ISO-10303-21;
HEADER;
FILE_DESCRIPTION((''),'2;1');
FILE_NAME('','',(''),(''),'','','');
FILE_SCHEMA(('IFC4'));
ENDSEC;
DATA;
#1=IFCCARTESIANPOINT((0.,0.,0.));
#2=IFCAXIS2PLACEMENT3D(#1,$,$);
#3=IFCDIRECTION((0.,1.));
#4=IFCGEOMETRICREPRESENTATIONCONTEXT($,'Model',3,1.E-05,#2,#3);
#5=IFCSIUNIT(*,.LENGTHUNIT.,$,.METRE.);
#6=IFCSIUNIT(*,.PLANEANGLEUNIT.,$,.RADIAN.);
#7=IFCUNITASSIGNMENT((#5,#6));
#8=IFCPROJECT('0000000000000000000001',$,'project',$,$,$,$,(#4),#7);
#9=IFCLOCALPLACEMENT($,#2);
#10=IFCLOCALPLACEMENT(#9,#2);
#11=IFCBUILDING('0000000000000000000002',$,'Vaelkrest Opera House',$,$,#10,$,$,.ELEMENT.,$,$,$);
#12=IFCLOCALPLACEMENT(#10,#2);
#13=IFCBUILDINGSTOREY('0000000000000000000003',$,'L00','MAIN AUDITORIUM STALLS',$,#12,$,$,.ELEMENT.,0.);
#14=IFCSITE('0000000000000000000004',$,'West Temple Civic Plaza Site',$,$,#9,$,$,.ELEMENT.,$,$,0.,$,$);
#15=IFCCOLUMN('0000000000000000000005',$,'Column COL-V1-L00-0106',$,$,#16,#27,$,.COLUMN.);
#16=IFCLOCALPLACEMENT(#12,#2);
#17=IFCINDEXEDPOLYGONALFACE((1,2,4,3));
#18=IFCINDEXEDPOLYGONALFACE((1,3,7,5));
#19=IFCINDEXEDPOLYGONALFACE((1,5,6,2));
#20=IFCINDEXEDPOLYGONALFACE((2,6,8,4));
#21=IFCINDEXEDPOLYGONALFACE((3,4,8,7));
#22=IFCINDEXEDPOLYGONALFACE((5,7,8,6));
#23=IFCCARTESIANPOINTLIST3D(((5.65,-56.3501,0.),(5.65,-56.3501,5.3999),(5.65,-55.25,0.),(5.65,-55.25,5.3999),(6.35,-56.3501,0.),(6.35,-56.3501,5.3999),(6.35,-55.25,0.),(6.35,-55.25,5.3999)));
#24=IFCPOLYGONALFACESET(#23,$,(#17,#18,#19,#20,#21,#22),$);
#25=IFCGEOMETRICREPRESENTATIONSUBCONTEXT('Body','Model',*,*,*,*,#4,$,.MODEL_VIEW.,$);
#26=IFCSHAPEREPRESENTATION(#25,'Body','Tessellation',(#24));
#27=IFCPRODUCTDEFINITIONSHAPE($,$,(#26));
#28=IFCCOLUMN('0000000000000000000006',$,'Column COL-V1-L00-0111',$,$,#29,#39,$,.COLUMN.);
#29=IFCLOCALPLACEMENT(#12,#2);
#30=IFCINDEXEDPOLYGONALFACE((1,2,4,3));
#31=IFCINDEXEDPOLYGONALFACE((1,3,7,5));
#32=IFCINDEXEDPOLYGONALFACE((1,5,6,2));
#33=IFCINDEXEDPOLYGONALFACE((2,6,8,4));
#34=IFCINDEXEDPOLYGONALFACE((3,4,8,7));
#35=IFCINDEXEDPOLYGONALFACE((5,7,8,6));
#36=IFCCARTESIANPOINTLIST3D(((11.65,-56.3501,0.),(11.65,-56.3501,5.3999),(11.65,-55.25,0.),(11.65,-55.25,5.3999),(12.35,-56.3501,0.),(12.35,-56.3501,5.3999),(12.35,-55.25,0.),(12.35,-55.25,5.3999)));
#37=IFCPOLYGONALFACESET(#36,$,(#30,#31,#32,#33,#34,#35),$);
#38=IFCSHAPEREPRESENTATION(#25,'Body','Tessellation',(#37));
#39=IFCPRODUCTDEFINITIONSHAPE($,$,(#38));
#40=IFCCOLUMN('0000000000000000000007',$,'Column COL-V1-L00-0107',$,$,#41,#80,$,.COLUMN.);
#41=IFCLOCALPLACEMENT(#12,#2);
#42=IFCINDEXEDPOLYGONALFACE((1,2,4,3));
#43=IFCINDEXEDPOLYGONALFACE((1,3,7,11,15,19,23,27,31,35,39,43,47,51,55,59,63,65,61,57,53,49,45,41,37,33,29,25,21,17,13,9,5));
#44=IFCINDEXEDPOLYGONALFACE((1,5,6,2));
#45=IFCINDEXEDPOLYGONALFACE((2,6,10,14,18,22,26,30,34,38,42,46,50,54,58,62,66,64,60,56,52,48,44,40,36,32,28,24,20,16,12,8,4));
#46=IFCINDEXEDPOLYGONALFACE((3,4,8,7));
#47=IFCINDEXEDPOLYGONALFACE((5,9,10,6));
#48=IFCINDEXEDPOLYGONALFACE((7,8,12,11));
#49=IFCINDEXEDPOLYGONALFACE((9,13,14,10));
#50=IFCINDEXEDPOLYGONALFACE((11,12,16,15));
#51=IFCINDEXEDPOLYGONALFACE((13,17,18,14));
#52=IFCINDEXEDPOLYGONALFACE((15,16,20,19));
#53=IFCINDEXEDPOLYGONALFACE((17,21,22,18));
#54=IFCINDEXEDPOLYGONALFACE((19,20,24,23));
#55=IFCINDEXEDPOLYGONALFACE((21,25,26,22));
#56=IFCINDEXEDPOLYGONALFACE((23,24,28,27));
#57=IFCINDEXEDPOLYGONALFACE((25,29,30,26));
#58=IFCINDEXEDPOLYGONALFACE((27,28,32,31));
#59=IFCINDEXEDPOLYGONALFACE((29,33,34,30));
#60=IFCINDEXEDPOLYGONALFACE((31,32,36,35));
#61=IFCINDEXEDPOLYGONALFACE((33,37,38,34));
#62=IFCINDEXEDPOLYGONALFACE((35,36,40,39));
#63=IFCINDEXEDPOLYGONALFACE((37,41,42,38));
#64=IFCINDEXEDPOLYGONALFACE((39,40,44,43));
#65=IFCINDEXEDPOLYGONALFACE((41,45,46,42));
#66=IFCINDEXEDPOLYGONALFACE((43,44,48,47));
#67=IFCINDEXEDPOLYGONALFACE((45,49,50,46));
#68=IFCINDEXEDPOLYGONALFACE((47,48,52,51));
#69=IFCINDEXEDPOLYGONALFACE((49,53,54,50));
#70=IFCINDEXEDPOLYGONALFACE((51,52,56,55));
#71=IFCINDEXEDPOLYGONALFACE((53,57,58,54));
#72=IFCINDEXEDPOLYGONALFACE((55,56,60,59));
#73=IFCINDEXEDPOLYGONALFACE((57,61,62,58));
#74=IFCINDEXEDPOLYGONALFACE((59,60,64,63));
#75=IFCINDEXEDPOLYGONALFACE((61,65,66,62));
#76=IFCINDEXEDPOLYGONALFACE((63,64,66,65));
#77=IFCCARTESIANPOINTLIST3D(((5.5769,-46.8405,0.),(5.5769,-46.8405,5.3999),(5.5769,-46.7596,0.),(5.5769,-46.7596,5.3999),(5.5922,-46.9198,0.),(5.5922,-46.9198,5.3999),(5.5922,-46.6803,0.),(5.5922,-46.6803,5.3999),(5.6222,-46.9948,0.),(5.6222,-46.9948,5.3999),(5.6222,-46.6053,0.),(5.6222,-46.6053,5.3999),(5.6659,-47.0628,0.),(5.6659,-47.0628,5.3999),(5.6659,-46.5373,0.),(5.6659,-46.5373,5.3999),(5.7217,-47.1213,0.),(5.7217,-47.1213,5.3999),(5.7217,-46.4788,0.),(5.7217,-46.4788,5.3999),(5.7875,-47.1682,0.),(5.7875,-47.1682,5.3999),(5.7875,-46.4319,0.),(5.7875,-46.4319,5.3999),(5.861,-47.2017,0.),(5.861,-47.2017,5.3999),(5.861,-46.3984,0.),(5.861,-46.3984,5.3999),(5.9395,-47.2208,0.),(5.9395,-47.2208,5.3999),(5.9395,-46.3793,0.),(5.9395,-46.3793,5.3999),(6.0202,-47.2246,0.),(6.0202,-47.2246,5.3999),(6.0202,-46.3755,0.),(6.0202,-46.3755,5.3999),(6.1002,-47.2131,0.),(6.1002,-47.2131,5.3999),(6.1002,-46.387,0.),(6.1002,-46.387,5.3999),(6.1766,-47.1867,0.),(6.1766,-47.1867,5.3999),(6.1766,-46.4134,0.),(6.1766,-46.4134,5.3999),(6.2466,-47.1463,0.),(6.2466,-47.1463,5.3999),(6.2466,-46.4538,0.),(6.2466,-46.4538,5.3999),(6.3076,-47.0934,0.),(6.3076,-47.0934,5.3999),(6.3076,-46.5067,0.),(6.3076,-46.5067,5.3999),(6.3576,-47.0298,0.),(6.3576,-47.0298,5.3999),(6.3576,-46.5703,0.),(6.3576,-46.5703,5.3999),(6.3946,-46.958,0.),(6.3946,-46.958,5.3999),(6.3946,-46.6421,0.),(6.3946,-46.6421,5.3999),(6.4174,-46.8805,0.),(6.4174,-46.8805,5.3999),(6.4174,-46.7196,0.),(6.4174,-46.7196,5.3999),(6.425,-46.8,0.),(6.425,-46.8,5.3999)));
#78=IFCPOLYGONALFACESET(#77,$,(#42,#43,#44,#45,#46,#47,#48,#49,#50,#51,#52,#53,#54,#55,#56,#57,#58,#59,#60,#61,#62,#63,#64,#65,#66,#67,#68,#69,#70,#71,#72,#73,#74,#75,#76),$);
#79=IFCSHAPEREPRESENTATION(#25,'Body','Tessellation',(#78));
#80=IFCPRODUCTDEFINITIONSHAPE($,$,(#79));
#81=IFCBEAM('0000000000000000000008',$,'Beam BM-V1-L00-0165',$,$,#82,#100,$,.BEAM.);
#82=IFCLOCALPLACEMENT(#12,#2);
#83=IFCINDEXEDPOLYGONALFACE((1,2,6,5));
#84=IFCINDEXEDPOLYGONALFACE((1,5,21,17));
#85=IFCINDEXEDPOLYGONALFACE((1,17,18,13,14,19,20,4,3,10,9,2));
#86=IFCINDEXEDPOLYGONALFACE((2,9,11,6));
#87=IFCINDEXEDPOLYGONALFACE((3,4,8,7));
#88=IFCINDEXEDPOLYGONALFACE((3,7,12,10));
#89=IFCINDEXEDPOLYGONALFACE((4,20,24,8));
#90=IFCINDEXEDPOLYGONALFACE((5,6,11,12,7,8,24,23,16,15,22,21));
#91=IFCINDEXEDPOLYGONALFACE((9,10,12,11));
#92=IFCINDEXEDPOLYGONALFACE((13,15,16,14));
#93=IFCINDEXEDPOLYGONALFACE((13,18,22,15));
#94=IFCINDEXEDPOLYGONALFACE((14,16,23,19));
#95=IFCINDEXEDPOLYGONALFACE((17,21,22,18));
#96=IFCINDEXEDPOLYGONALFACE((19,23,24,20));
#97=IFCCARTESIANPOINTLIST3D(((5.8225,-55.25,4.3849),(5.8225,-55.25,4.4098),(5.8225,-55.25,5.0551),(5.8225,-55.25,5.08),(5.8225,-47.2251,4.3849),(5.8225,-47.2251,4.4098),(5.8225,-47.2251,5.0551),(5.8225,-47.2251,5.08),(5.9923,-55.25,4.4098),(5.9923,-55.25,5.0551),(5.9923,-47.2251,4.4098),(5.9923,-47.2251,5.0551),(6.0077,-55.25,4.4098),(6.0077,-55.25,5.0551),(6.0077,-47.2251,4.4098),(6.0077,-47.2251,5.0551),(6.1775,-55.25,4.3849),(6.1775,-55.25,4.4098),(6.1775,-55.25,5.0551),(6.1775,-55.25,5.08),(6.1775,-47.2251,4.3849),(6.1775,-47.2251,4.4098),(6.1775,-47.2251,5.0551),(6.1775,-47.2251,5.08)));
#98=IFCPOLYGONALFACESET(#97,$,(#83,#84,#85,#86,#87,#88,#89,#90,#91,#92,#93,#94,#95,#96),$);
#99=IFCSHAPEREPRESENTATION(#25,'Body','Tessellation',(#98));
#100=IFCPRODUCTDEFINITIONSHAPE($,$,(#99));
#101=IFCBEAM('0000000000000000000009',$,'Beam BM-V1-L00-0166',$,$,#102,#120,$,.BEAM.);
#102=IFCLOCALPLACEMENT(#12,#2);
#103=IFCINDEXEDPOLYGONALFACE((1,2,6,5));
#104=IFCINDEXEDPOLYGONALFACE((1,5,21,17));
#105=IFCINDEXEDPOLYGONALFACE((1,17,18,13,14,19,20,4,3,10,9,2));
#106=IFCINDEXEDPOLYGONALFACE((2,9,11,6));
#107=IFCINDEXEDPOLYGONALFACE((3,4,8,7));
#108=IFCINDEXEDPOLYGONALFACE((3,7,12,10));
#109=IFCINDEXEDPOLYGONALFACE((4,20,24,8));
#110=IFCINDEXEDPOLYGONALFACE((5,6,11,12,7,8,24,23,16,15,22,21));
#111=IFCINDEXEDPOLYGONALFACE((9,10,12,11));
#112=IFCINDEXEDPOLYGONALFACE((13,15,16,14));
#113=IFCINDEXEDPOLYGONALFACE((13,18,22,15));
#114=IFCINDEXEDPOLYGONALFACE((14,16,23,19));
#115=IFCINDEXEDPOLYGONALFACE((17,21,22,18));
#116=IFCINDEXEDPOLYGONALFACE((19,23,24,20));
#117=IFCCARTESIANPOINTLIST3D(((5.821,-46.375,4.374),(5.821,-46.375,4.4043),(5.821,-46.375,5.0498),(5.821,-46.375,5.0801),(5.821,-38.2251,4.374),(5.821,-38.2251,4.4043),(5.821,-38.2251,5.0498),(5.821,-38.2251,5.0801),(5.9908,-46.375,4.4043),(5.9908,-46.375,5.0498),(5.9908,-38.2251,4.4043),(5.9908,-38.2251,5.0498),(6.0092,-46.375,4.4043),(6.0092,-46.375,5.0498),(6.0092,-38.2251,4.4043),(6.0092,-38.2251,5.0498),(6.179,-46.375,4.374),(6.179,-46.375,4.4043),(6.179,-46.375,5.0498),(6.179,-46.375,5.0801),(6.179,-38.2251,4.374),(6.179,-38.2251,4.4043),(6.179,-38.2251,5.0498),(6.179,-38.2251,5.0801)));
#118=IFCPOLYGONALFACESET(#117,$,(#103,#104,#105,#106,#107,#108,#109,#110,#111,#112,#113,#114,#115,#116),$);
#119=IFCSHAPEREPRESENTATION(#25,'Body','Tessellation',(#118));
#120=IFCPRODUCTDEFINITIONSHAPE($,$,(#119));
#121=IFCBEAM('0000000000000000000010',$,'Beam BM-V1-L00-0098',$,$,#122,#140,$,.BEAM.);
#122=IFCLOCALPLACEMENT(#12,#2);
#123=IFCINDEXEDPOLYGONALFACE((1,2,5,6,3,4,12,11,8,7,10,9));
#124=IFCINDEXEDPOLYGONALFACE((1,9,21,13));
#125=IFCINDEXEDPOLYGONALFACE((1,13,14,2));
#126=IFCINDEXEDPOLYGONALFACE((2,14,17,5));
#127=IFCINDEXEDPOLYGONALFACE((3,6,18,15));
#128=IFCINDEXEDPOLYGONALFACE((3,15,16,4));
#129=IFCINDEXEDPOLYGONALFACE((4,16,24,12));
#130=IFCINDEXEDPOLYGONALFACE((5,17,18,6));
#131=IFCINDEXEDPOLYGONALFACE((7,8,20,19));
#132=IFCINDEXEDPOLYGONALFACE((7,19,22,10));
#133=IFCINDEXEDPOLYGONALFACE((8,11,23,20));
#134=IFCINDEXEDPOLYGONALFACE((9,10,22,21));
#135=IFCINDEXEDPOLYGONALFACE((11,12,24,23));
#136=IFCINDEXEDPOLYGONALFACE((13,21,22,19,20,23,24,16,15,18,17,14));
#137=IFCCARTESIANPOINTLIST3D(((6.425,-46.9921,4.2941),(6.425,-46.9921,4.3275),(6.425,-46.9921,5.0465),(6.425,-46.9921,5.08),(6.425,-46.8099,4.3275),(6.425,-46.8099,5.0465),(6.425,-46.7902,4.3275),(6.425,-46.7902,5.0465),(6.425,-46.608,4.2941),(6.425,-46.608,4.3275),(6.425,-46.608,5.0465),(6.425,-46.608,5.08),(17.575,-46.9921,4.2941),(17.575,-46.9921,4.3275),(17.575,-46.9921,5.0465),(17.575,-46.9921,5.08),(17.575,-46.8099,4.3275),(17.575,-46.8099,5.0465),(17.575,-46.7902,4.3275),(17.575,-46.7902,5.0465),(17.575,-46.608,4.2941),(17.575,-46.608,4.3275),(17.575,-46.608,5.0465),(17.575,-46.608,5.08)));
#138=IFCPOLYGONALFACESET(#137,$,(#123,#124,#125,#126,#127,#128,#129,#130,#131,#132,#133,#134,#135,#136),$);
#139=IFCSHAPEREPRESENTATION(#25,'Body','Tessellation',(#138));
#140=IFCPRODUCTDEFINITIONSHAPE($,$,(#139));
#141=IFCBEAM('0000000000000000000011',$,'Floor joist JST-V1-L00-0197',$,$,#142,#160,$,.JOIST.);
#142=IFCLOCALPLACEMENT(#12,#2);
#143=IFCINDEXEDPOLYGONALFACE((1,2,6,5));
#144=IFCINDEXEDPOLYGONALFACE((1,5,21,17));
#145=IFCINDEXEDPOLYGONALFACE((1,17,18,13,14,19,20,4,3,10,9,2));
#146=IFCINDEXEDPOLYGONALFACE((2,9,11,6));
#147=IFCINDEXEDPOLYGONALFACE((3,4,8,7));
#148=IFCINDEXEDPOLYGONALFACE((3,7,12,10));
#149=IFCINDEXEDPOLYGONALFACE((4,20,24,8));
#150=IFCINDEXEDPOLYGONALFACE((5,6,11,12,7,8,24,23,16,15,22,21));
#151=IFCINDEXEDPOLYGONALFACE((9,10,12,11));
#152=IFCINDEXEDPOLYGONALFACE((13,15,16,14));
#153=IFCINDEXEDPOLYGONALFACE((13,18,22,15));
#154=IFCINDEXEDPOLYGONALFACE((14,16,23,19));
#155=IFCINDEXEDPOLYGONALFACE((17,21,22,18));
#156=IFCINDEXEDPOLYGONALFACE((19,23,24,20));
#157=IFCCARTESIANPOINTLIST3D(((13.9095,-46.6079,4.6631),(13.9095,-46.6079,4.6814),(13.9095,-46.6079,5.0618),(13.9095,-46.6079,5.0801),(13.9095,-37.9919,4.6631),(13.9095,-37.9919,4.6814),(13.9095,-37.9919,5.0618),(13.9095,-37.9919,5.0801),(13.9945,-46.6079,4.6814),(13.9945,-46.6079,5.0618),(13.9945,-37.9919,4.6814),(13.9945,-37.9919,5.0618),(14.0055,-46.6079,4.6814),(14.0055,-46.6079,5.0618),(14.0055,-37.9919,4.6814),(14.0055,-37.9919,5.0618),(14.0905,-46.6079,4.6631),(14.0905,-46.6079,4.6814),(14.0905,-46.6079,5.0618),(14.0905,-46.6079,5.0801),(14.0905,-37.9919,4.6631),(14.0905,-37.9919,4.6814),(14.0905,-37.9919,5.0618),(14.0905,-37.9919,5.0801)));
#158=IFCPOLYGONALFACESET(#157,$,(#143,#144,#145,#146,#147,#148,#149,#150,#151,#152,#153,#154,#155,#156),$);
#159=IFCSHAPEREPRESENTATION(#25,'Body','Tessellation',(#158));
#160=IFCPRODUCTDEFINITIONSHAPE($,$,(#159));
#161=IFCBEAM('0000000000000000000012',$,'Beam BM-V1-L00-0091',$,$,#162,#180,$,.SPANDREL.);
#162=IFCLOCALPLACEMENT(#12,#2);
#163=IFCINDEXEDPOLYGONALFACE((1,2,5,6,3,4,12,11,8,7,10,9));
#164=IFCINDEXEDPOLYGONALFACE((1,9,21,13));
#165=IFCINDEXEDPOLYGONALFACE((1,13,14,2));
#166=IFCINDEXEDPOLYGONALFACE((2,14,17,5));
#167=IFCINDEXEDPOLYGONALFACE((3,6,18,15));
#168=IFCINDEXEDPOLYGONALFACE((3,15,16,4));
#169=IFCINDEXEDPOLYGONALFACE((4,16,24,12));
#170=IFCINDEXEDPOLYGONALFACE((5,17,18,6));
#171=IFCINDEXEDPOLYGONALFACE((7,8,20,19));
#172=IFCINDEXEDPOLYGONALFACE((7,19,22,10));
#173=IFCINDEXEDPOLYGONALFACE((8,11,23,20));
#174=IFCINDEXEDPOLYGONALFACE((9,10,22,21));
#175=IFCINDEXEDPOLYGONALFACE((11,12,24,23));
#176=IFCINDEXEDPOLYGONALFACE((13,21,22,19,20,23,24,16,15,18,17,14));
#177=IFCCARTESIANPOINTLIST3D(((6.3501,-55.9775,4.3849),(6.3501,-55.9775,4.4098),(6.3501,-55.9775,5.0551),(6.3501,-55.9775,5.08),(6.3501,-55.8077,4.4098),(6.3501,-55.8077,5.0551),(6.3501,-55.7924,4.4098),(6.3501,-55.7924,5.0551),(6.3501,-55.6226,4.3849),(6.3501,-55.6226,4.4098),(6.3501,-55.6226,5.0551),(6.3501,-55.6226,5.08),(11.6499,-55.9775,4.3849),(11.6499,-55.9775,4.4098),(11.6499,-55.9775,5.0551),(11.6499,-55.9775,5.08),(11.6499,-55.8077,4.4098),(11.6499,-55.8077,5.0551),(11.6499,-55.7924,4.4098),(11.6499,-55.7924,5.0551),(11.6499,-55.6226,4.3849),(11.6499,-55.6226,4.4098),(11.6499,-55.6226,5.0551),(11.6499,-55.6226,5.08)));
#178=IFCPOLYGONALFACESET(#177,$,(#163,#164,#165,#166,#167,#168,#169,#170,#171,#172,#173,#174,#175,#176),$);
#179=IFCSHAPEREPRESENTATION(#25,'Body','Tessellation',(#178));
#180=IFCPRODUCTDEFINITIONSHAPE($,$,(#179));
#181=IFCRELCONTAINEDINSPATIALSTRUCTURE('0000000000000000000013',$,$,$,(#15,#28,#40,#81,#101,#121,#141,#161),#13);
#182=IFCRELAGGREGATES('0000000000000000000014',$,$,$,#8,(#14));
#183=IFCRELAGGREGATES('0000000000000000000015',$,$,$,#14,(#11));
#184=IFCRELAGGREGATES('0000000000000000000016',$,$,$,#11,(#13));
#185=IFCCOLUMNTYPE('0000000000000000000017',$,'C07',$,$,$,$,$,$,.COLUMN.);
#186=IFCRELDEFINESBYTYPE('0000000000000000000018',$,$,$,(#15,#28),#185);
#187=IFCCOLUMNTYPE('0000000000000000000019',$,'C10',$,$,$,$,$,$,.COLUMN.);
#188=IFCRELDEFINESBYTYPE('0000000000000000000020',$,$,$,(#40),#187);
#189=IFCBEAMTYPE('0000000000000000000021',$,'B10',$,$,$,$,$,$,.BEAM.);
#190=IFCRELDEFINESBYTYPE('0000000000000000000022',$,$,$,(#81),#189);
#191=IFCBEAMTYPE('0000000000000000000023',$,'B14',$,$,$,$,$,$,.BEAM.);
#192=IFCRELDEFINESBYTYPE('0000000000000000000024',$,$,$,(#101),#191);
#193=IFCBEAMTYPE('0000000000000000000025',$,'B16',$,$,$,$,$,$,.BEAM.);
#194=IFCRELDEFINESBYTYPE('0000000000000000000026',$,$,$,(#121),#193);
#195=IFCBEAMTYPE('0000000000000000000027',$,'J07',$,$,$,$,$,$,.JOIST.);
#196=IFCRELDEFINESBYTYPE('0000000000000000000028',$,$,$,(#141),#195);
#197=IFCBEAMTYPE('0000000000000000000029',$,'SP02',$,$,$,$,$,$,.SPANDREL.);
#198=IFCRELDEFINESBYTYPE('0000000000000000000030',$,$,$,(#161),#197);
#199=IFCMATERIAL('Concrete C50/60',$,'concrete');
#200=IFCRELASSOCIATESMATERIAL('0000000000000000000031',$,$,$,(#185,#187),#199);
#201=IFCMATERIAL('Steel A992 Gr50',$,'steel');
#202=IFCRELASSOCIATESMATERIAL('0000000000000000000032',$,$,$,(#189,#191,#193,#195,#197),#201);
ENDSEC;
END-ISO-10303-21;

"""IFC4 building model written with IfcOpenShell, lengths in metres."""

from ifc_helpers import new_model, si_unit, direction, frame, origin, origin_2d, place, context, subcontext, project, spatial, rectangle, circle, i_section, extrude, material, material_profile, profile_set, type_object, element, save


model = new_model("IFC4")

# Units and contexts
model_context = context("Model", 3, precision=1e-05, world=origin(), true_north=direction((0.0, 1.0)))
body_context = subcontext(model_context, "Body", "Model", "MODEL_VIEW")
ifc_project = project(units=[si_unit("LENGTHUNIT", "METRE"), si_unit("PLANEANGLEUNIT", "RADIAN")], contexts=[model_context])

# Site, building, storey
site_placement = place(None, origin())
site = spatial("IfcSite", under=ifc_project, at=site_placement, Name="West Temple Civic Plaza Site", CompositionType="ELEMENT", RefElevation=0.0)
building_placement = place(site_placement, origin())
building = spatial("IfcBuilding", under=site, at=building_placement, Name="Vaelkrest Opera House", CompositionType="ELEMENT")
storey_placement = place(building_placement, origin())
storey = spatial("IfcBuildingStorey", under=building, at=storey_placement, Name="L00", Description="MAIN AUDITORIUM STALLS", CompositionType="ELEMENT", Elevation=0.0)

# Columns
ifc_material_1 = material(Name="Concrete C50/60", Category="concrete")
ifc_material_profile_1 = material_profile(ifc_material_1, rectangle(XDim=0.7, YDim=1.1001, at=origin_2d()), Name="RC700X1100")
ifc_profile_set_1 = profile_set([ifc_material_profile_1], Name="Concrete C50/60")
column_type_1 = type_object("IfcColumnType", Name="C07", PredefinedType="COLUMN", material=ifc_profile_set_1)
for number, where, z_axis, x_axis, name in (
    (1, (6.0, -55.8, 0.0), (0.0, 0.0, 1.0), (1.0, 0.0, 0.0), "Column COL-V1-L00-0106"),
    (2, (12.0, -55.8, 0.0), (0.0, 0.0, 1.0), (1.0, 0.0, 0.0), "Column COL-V1-L00-0111"),
):
    element("IfcColumn", number, at=place(storey_placement, frame(where, z_axis=z_axis, x_axis=x_axis)), inside=storey, type_object=column_type_1, Name=name, PredefinedType="COLUMN", context=body_context, shape_type="SweptSolid", body=[
        extrude(rectangle(XDim=0.7, YDim=1.1001, at=origin_2d()), origin(), (0.0, 0.0, 1.0), 5.3999),
    ])
ifc_material_profile_2 = material_profile(ifc_material_1, circle(Radius=0.425, at=origin_2d()), Name="RCD850")
ifc_profile_set_2 = profile_set([ifc_material_profile_2], Name="Concrete C50/60")
column_type_2 = type_object("IfcColumnType", Name="C10", PredefinedType="COLUMN", material=ifc_profile_set_2)
column_placement = place(storey_placement, frame((6.0, -46.8, 0.0), z_axis=(0.0, 0.0, 1.0), x_axis=(1.0, 0.0, 0.0)))
element("IfcColumn", 3, at=column_placement, inside=storey, type_object=column_type_2, Name="Column COL-V1-L00-0107", PredefinedType="COLUMN", context=body_context, shape_type="SweptSolid", body=[
    extrude(circle(Radius=0.425, at=origin_2d()), origin(), (0.0, 0.0, 1.0), 5.3999),
])

# Beams
ifc_material_2 = material(Name="Steel A992 Gr50", Category="steel")
ifc_material_profile_3 = material_profile(ifc_material_2, i_section(OverallWidth=0.355, OverallDepth=0.6951, WebThickness=0.0154, FlangeThickness=0.0249, at=origin_2d()), Name="W27X146")
ifc_profile_set_3 = profile_set([ifc_material_profile_3], Name="Steel A992 Gr50")
beam_type_1 = type_object("IfcBeamType", Name="B10", PredefinedType="BEAM", material=ifc_profile_set_3)
beam_1_placement = place(storey_placement, frame((6.0, -55.25, 4.7324), z_axis=(0.0, 1.0, 0.0), x_axis=(-1.0, 0.0, 0.0)))
element("IfcBeam", 4, at=beam_1_placement, inside=storey, type_object=beam_type_1, Name="Beam BM-V1-L00-0165", PredefinedType="BEAM", context=body_context, shape_type="SweptSolid", body=[
    extrude(i_section(OverallWidth=0.355, OverallDepth=0.6951, WebThickness=0.0154, FlangeThickness=0.0249, at=origin_2d()), origin(), (0.0, 0.0, 1.0), 8.0249),
])
ifc_material_profile_4 = material_profile(ifc_material_2, i_section(OverallWidth=0.3579, OverallDepth=0.7061, WebThickness=0.0183, FlangeThickness=0.0303, at=origin_2d()), Name="W27X178")
ifc_profile_set_4 = profile_set([ifc_material_profile_4], Name="Steel A992 Gr50")
beam_type_2 = type_object("IfcBeamType", Name="B14", PredefinedType="BEAM", material=ifc_profile_set_4)
beam_2_placement = place(storey_placement, frame((6.0, -46.375, 4.7271), z_axis=(0.0, 1.0, 0.0), x_axis=(-1.0, 0.0, 0.0)))
element("IfcBeam", 5, at=beam_2_placement, inside=storey, type_object=beam_type_2, Name="Beam BM-V1-L00-0166", PredefinedType="BEAM", context=body_context, shape_type="SweptSolid", body=[
    extrude(i_section(OverallWidth=0.3579, OverallDepth=0.7061, WebThickness=0.0183, FlangeThickness=0.0303, at=origin_2d()), origin(), (0.0, 0.0, 1.0), 8.1499),
])
ifc_material_profile_5 = material_profile(ifc_material_2, i_section(OverallWidth=0.384, OverallDepth=0.7859, WebThickness=0.0198, FlangeThickness=0.0334, at=origin_2d()), Name="W30X211")
ifc_profile_set_5 = profile_set([ifc_material_profile_5], Name="Steel A992 Gr50")
beam_type_3 = type_object("IfcBeamType", Name="B16", PredefinedType="BEAM", material=ifc_profile_set_5)
beam_3_placement = place(storey_placement, frame((6.425, -46.8, 4.687), z_axis=(1.0, 0.0, 0.0), x_axis=(0.0, 1.0, 0.0)))
element("IfcBeam", 6, at=beam_3_placement, inside=storey, type_object=beam_type_3, Name="Beam BM-V1-L00-0098", PredefinedType="BEAM", context=body_context, shape_type="SweptSolid", body=[
    extrude(i_section(OverallWidth=0.384, OverallDepth=0.7859, WebThickness=0.0198, FlangeThickness=0.0334, at=origin_2d()), origin(), (0.0, 0.0, 1.0), 11.1499),
])
ifc_material_profile_6 = material_profile(ifc_material_2, i_section(OverallWidth=0.1809, OverallDepth=0.417, WebThickness=0.011, FlangeThickness=0.0183, at=origin_2d()), Name="W16X57")
ifc_profile_set_6 = profile_set([ifc_material_profile_6], Name="Steel A992 Gr50")
beam_type_4 = type_object("IfcBeamType", Name="J07", PredefinedType="JOIST", material=ifc_profile_set_6)
beam_4_placement = place(storey_placement, frame((14.0, -46.6079, 4.8716), z_axis=(0.0, 1.0, 0.0), x_axis=(-1.0, 0.0, 0.0)))
element("IfcBeam", 7, at=beam_4_placement, inside=storey, type_object=beam_type_4, Name="Floor joist JST-V1-L00-0197", PredefinedType="JOIST", context=body_context, shape_type="SweptSolid", body=[
    extrude(i_section(OverallWidth=0.1809, OverallDepth=0.417, WebThickness=0.011, FlangeThickness=0.0183, at=origin_2d()), origin(), (0.0, 0.0, 1.0), 8.616),
])
ifc_material_profile_7 = material_profile(ifc_material_2, i_section(OverallWidth=0.355, OverallDepth=0.6951, WebThickness=0.0154, FlangeThickness=0.0249, at=origin_2d()), Name="W27X146")
ifc_profile_set_7 = profile_set([ifc_material_profile_7], Name="Steel A992 Gr50")
beam_type_5 = type_object("IfcBeamType", Name="SP02", PredefinedType="SPANDREL", material=ifc_profile_set_7)
for number, where, z_axis, x_axis, name in (
    (8, (6.3501, -55.8, 4.7324), (1.0, 0.0, 0.0), (0.0, 1.0, 0.0), "Beam BM-V1-L00-0091"),
):
    element("IfcBeam", number, at=place(storey_placement, frame(where, z_axis=z_axis, x_axis=x_axis)), inside=storey, type_object=beam_type_5, Name=name, PredefinedType="SPANDREL", context=body_context, shape_type="SweptSolid", body=[
        extrude(i_section(OverallWidth=0.355, OverallDepth=0.6951, WebThickness=0.0154, FlangeThickness=0.0249, at=origin_2d()), origin(), (0.0, 0.0, 1.0), 5.2998),
    ])

save(model, "model.ifc")
